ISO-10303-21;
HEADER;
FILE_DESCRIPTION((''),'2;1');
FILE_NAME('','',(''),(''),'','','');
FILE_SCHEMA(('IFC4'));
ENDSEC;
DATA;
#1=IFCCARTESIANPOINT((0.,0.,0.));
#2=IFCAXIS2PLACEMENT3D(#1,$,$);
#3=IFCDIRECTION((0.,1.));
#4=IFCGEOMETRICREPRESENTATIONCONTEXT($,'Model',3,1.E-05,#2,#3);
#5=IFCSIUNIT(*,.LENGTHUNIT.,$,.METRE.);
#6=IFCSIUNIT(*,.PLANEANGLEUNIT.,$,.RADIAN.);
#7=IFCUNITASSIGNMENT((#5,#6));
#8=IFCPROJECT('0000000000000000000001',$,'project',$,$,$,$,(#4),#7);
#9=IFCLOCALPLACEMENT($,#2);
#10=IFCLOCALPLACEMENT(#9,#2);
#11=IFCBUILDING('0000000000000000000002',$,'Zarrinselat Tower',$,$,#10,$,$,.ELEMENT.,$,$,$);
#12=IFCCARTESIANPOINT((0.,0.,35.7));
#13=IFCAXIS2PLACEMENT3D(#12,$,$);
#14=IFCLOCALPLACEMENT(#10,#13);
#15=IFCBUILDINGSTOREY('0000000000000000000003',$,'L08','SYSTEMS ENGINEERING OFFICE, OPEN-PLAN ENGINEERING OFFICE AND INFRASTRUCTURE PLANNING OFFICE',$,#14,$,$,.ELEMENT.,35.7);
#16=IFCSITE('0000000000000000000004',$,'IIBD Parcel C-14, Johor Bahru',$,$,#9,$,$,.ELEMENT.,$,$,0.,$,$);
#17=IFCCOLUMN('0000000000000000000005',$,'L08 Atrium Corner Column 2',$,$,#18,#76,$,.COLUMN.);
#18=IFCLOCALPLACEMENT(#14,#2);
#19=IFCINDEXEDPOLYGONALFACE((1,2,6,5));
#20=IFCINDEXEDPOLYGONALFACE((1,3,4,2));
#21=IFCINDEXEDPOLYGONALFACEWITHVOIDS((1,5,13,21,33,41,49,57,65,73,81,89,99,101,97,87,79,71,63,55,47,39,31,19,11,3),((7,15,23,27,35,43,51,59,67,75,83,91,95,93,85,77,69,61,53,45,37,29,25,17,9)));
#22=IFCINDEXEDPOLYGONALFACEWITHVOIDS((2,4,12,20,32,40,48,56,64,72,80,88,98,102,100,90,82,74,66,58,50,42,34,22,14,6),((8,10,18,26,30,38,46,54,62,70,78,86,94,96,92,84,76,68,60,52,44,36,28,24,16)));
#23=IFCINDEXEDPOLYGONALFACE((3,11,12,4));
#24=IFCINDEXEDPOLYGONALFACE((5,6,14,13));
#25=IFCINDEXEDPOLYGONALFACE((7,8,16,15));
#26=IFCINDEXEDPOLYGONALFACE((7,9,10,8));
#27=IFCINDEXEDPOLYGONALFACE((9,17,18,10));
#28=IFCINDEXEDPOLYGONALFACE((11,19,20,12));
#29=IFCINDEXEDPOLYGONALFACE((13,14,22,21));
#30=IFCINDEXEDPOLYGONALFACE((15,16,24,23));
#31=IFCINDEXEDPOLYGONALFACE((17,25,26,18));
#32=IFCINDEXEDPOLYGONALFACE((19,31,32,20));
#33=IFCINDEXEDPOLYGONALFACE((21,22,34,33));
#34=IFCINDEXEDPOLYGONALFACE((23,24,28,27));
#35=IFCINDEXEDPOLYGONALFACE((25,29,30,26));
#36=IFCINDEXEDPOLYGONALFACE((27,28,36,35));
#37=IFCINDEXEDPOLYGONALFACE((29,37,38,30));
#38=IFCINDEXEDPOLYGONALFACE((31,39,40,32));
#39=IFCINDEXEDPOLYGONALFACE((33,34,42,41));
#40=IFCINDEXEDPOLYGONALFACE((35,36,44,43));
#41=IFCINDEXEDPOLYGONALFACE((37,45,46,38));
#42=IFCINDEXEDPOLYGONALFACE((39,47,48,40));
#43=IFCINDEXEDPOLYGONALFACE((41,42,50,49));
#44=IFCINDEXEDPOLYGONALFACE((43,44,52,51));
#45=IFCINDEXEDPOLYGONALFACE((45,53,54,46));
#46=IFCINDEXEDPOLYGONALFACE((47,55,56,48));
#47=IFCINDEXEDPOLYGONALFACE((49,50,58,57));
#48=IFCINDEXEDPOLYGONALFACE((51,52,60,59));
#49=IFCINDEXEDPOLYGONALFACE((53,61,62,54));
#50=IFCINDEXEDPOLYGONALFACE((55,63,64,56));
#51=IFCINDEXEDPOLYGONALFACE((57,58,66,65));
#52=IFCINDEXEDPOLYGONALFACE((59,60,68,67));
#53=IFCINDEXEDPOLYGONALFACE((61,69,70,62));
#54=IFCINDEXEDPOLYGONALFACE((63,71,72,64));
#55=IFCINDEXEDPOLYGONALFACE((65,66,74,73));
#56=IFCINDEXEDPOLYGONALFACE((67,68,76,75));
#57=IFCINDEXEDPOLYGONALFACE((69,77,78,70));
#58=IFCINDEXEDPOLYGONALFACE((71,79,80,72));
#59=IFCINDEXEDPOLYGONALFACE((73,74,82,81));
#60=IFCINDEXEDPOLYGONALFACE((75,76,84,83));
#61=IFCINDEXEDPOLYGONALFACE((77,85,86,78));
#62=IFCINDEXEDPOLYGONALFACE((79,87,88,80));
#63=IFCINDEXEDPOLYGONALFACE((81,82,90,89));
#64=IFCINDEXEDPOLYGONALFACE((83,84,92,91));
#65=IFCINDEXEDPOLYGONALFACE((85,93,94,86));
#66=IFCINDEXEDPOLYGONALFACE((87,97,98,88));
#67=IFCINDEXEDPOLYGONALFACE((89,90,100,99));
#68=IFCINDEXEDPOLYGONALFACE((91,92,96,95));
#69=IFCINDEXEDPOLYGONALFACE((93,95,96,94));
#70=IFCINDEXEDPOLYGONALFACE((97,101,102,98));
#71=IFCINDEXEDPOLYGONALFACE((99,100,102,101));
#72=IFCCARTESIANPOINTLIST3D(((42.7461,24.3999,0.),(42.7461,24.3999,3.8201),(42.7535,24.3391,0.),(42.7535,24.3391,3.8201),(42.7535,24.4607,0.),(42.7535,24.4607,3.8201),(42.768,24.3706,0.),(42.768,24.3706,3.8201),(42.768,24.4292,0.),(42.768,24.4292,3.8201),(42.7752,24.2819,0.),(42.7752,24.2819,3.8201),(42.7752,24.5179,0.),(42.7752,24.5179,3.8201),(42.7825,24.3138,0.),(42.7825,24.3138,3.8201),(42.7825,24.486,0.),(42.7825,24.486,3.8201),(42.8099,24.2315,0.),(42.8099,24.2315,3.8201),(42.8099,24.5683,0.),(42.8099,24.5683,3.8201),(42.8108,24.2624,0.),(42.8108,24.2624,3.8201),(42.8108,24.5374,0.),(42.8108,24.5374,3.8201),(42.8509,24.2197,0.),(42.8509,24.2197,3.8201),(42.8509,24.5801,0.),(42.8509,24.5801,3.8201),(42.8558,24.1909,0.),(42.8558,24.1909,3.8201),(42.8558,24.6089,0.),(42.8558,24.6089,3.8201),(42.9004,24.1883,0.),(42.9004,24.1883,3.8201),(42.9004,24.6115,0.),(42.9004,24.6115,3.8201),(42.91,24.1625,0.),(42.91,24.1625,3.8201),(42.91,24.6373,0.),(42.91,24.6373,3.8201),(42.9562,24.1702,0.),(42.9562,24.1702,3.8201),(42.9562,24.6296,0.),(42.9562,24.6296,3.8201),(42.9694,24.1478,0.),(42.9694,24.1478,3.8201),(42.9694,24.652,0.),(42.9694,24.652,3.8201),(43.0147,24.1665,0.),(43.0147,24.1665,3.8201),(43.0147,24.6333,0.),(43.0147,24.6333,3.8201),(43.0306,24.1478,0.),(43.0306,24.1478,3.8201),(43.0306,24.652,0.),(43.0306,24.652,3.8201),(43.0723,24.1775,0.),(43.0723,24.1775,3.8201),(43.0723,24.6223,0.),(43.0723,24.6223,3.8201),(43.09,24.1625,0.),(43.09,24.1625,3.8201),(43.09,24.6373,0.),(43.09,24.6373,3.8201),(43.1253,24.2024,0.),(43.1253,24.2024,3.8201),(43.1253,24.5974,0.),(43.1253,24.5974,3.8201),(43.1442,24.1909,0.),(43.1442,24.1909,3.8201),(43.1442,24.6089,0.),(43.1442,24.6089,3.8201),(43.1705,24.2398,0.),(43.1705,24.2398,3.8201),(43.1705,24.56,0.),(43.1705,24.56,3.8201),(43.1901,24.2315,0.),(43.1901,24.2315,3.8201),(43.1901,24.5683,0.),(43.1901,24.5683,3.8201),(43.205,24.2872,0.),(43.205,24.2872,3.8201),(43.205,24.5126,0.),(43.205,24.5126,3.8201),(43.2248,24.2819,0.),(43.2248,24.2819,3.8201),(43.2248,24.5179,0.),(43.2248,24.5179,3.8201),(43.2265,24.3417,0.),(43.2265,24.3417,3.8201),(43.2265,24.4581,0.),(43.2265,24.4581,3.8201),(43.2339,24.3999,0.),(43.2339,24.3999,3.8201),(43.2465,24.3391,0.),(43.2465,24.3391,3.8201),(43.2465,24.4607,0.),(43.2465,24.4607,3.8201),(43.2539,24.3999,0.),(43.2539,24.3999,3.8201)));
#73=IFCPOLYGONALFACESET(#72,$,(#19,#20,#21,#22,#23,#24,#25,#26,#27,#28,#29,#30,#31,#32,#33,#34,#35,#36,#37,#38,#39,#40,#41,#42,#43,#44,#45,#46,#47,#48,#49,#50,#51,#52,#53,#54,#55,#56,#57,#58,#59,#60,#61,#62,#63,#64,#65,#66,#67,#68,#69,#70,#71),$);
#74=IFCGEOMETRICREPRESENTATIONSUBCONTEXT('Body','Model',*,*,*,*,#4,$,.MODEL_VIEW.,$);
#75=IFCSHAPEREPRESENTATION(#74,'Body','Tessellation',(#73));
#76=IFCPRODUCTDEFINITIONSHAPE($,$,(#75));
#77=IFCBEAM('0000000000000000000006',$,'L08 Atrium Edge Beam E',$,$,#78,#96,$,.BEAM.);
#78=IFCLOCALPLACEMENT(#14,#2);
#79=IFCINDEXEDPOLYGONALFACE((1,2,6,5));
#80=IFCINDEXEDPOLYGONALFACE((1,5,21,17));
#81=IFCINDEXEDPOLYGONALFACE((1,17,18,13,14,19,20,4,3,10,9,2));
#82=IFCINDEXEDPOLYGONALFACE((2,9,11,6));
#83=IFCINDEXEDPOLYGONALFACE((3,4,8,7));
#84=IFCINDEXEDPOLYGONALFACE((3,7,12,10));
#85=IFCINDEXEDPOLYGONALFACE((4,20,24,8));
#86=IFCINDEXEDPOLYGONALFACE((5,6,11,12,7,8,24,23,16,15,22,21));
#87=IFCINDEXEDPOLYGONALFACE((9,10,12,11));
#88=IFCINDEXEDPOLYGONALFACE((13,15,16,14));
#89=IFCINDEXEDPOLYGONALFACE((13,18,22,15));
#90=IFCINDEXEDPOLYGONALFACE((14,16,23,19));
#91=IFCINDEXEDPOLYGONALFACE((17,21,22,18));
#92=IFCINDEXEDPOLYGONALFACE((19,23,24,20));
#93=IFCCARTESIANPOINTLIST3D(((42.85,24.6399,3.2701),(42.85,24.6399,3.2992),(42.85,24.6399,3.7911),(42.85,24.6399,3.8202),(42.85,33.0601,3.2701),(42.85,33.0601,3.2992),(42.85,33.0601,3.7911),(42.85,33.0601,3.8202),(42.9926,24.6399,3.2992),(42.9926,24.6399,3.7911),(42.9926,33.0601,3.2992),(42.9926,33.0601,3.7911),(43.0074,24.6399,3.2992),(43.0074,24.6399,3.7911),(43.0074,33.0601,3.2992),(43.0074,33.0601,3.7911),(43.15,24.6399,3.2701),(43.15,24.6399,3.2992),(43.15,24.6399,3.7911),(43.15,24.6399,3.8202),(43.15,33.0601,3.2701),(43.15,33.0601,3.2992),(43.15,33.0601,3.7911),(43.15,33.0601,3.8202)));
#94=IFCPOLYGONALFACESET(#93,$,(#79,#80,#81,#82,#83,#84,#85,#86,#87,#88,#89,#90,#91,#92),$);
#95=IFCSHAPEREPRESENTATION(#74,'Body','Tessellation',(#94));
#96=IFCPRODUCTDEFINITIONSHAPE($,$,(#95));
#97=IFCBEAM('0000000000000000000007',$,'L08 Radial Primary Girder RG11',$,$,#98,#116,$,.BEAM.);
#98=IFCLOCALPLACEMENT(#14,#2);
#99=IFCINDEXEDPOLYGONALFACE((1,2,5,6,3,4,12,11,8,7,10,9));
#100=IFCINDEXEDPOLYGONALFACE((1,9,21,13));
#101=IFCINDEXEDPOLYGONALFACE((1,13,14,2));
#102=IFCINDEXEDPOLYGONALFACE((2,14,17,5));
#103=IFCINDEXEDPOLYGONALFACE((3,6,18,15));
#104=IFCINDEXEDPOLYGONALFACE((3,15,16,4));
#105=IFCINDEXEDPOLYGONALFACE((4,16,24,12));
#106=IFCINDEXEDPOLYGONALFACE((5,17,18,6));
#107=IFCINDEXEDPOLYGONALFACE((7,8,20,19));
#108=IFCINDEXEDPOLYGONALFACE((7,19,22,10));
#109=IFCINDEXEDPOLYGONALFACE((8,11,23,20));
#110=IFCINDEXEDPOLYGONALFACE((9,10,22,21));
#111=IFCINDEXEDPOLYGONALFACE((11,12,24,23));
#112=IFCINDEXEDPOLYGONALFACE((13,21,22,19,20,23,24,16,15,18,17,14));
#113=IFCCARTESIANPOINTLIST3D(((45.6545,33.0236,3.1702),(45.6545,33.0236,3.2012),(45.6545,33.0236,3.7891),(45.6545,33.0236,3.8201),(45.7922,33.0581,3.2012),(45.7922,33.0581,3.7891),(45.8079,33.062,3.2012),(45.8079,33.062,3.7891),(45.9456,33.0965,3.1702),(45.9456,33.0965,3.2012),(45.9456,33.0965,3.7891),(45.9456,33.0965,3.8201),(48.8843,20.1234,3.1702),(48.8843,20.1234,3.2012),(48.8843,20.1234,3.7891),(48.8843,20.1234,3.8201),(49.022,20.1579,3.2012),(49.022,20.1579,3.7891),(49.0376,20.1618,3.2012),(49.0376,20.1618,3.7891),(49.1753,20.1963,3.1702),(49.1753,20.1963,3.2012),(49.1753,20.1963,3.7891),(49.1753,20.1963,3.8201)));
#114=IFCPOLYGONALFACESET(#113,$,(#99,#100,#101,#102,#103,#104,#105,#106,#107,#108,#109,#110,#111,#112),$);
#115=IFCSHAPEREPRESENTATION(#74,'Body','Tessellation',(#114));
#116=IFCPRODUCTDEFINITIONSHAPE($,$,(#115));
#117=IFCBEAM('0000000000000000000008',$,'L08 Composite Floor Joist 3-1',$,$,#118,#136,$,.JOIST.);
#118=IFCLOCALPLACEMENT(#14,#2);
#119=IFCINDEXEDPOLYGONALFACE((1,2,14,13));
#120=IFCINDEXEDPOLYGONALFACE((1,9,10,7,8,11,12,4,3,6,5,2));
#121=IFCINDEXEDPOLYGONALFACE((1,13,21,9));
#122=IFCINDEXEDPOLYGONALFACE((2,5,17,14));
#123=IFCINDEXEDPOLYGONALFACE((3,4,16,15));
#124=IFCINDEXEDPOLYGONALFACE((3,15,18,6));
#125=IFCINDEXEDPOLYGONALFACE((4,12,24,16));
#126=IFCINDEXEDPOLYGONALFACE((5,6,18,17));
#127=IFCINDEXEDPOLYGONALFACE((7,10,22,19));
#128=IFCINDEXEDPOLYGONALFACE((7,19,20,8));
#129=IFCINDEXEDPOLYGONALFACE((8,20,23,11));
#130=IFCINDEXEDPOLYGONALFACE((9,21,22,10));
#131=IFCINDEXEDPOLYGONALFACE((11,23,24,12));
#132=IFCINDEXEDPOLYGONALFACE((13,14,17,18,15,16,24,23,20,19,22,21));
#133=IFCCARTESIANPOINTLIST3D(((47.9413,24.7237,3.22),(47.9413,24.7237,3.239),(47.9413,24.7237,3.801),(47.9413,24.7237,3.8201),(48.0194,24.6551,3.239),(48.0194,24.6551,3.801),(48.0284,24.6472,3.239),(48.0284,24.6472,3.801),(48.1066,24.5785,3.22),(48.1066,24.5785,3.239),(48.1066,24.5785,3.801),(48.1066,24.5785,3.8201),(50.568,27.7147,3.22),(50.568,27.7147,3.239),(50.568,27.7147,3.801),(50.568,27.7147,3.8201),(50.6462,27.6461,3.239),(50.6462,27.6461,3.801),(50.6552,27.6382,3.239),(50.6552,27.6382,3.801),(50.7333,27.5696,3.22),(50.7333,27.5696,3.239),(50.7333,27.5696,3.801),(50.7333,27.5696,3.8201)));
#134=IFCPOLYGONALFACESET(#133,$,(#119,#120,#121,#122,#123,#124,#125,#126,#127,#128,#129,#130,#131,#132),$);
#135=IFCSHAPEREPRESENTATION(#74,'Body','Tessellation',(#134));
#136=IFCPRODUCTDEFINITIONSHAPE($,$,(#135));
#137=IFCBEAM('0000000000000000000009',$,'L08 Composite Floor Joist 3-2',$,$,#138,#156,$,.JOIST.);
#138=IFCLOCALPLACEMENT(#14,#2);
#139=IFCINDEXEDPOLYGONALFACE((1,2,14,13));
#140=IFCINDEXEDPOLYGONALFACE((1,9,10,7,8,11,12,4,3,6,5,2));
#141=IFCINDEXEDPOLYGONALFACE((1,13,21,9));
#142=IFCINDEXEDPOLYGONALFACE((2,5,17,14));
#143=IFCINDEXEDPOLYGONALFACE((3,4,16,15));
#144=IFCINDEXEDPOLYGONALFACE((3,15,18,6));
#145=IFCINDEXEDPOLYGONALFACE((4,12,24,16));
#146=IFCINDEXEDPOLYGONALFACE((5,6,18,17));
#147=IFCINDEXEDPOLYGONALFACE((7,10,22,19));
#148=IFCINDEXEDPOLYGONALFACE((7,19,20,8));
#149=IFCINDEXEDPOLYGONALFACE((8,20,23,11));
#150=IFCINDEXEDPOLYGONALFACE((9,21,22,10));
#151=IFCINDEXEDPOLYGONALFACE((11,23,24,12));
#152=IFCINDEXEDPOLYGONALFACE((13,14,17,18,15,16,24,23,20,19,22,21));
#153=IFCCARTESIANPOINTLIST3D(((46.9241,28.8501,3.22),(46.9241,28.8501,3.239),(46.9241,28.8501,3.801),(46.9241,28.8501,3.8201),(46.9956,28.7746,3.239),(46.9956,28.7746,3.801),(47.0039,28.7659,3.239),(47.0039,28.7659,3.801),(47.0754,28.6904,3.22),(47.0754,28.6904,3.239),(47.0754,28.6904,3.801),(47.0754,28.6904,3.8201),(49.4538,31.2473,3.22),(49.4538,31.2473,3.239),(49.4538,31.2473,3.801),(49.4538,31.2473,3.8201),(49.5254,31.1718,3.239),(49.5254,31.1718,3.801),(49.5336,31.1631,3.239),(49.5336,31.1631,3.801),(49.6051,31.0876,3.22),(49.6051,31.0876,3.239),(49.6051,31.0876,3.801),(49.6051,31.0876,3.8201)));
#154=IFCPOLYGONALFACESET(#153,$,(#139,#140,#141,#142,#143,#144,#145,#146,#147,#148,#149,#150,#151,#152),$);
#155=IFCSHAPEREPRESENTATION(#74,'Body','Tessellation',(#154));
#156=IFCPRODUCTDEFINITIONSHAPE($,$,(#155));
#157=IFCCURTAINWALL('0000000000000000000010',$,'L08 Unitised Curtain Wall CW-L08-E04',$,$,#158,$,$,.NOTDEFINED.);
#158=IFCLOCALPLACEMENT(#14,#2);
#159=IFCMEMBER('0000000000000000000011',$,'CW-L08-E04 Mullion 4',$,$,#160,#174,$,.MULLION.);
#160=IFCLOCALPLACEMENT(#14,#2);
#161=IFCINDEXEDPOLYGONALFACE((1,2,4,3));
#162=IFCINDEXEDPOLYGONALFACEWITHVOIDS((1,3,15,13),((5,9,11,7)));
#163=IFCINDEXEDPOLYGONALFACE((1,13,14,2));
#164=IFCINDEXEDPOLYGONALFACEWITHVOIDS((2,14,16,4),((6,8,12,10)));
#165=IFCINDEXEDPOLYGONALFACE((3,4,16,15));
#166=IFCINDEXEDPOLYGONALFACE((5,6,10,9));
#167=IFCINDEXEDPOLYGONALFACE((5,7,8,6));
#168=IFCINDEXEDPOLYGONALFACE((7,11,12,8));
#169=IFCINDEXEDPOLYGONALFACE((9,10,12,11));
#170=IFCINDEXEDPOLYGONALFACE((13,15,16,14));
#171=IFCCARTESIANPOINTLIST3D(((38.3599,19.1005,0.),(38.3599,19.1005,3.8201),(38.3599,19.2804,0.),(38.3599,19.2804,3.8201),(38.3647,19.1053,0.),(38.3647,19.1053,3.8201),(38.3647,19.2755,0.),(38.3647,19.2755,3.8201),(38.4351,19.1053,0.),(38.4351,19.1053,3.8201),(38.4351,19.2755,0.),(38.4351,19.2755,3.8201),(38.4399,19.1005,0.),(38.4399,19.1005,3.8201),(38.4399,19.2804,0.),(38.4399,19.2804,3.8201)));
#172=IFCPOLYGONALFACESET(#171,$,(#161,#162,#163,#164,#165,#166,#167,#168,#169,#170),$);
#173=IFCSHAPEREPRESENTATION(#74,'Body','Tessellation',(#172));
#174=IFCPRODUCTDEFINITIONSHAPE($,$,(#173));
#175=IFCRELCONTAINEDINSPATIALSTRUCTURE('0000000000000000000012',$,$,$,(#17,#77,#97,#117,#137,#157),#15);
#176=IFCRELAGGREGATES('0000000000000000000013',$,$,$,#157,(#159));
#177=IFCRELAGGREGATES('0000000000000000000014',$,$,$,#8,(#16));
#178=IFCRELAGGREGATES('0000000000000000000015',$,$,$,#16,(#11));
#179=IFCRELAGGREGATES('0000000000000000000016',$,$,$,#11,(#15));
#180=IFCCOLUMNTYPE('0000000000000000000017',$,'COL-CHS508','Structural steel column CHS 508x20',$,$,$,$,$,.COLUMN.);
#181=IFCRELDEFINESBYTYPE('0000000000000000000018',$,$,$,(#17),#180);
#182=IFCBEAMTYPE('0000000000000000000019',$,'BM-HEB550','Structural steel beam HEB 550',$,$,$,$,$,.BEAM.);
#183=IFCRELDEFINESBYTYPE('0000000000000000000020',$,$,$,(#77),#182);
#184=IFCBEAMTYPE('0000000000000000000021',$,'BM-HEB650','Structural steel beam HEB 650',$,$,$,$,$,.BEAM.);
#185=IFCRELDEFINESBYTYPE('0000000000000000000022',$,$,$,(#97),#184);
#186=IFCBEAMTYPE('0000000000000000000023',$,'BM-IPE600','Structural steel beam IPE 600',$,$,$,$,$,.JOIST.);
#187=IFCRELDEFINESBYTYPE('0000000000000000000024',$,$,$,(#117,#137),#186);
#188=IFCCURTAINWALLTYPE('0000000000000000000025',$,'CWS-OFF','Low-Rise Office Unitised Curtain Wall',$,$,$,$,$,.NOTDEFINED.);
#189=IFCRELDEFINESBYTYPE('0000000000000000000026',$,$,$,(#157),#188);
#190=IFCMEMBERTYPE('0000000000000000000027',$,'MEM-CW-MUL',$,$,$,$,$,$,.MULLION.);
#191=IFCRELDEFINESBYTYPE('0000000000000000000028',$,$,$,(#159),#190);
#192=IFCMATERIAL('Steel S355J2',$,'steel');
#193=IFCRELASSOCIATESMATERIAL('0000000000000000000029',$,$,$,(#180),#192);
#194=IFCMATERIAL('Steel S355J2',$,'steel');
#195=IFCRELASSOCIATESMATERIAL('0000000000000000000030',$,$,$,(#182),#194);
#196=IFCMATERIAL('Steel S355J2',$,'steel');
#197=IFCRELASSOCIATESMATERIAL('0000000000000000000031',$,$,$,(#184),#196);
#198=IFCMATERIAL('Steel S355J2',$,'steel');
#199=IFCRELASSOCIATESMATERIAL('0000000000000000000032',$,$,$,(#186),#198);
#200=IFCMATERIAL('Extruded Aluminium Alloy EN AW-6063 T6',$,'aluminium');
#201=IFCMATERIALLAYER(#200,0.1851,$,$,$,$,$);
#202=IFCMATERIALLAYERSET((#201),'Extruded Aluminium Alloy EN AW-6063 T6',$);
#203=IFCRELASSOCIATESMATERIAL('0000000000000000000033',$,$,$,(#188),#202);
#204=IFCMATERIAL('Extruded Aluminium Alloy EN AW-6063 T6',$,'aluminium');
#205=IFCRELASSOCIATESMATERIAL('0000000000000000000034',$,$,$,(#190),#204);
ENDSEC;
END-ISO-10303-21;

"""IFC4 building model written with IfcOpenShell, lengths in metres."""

from ifc_helpers import new_model, si_unit, direction, frame, origin, origin_2d, place, context, subcontext, project, spatial, hollow_rectangle, hollow_circle, i_section, extrude, material, layer, layer_set, material_profile, profile_set, type_object, element, aggregate, save


model = new_model("IFC4")

# Units and contexts
model_context = context("Model", 3, precision=1e-05, world=origin(), true_north=direction((0.0, 1.0)))
body_context = subcontext(model_context, "Body", "Model", "MODEL_VIEW")
ifc_project = project(units=[si_unit("LENGTHUNIT", "METRE"), si_unit("PLANEANGLEUNIT", "RADIAN")], contexts=[model_context])

# Site, building, storey
site_placement = place(None, origin())
site = spatial("IfcSite", under=ifc_project, at=site_placement, Name="IIBD Parcel C-14, Johor Bahru", CompositionType="ELEMENT", RefElevation=0.0)
building_placement = place(site_placement, origin())
building = spatial("IfcBuilding", under=site, at=building_placement, Name="Zarrinselat Tower", CompositionType="ELEMENT")
storey_placement = place(building_placement, frame((0.0, 0.0, 35.7)))
storey = spatial("IfcBuildingStorey", under=building, at=storey_placement, Name="L08", Description="SYSTEMS ENGINEERING OFFICE, OPEN-PLAN ENGINEERING OFFICE AND INFRASTRUCTURE PLANNING OFFICE", CompositionType="ELEMENT", Elevation=35.7)

# Column
ifc_material_1 = material(Name="Steel S355J2", Category="steel")
ifc_material_profile_1 = material_profile(ifc_material_1, hollow_circle(Radius=0.2539, WallThickness=0.02, at=origin_2d()), Name="CHS 508x20")
ifc_profile_set_1 = profile_set([ifc_material_profile_1], Name="Steel S355J2")
column_type = type_object("IfcColumnType", Name="COL-CHS508", Description="Structural steel column CHS 508x20", PredefinedType="COLUMN", material=ifc_profile_set_1)
column_placement = place(storey_placement, frame((43.0, 24.3999, 0.0), z_axis=(0.0, 0.0, 1.0), x_axis=(1.0, 0.0, 0.0)))
element("IfcColumn", 1, at=column_placement, inside=storey, type_object=column_type, Name="L08 Atrium Corner Column 2", PredefinedType="COLUMN", context=body_context, shape_type="SweptSolid", body=[
    extrude(hollow_circle(Radius=0.2539, WallThickness=0.02, at=origin_2d()), origin(), (0.0, 0.0, 1.0), 3.8201),
])

# Beams
ifc_material_2 = material(Name="Steel S355J2", Category="steel")
ifc_material_profile_2 = material_profile(ifc_material_2, i_section(OverallWidth=0.3, OverallDepth=0.55, WebThickness=0.0149, FlangeThickness=0.0291, at=origin_2d()), Name="HEB 550")
ifc_profile_set_2 = profile_set([ifc_material_profile_2], Name="Steel S355J2")
beam_type_1 = type_object("IfcBeamType", Name="BM-HEB550", Description="Structural steel beam HEB 550", PredefinedType="BEAM", material=ifc_profile_set_2)
beam_1_placement = place(storey_placement, frame((43.0, 24.6399, 3.5452), z_axis=(0.0, 1.0, 0.0), x_axis=(-1.0, 0.0, 0.0)))
element("IfcBeam", 2, at=beam_1_placement, inside=storey, type_object=beam_type_1, Name="L08 Atrium Edge Beam E", PredefinedType="BEAM", context=body_context, shape_type="SweptSolid", body=[
    extrude(i_section(OverallWidth=0.3, OverallDepth=0.55, WebThickness=0.0149, FlangeThickness=0.0291, at=origin_2d()), origin(), (0.0, 0.0, 1.0), 8.4202),
])
ifc_material_3 = material(Name="Steel S355J2", Category="steel")
ifc_material_profile_3 = material_profile(ifc_material_3, i_section(OverallWidth=0.3, OverallDepth=0.6499, WebThickness=0.0161, FlangeThickness=0.031, at=origin_2d()), Name="HEB 650")
ifc_profile_set_3 = profile_set([ifc_material_profile_3], Name="Steel S355J2")
beam_type_2 = type_object("IfcBeamType", Name="BM-HEB650", Description="Structural steel beam HEB 650", PredefinedType="BEAM", material=ifc_profile_set_3)
beam_2_placement = place(storey_placement, frame((45.8, 33.0601, 3.4951), z_axis=(0.242868, -0.970059, 0.0), x_axis=(0.970059, 0.242868, 0.0)))
element("IfcBeam", 3, at=beam_2_placement, inside=storey, type_object=beam_type_2, Name="L08 Radial Primary Girder RG11", PredefinedType="BEAM", context=body_context, shape_type="SweptSolid", body=[
    extrude(i_section(OverallWidth=0.3, OverallDepth=0.6499, WebThickness=0.0161, FlangeThickness=0.031, at=origin_2d()), origin(), (0.0, 0.0, 1.0), 13.2983),
])
ifc_material_4 = material(Name="Steel S355J2", Category="steel")
ifc_material_profile_4 = material_profile(ifc_material_4, i_section(OverallWidth=0.22, OverallDepth=0.6001, WebThickness=0.012, FlangeThickness=0.019, at=origin_2d()), Name="IPE 600")
ifc_profile_set_4 = profile_set([ifc_material_profile_4], Name="Steel S355J2")
beam_type_3 = type_object("IfcBeamType", Name="BM-IPE600", Description="Structural steel beam IPE 600", PredefinedType="JOIST", material=ifc_profile_set_4)
beam_3_placement = place(storey_placement, frame((48.0239, 24.6511, 3.52), z_axis=(0.659871, 0.751379, 0.0), x_axis=(-0.751379, 0.659871, 0.0)))
element("IfcBeam", 4, at=beam_3_placement, inside=storey, type_object=beam_type_3, Name="L08 Composite Floor Joist 3-1", PredefinedType="JOIST", context=body_context, shape_type="SweptSolid", body=[
    extrude(i_section(OverallWidth=0.22, OverallDepth=0.6001, WebThickness=0.012, FlangeThickness=0.019, at=origin_2d()), origin(), (0.0, 0.0, 1.0), 3.9807),
])
beam_4_placement = place(storey_placement, frame((46.9998, 28.7703, 3.52), z_axis=(0.72587, 0.687832, 0.0), x_axis=(-0.687832, 0.72587, 0.0)))
element("IfcBeam", 5, at=beam_4_placement, inside=storey, type_object=beam_type_3, Name="L08 Composite Floor Joist 3-2", PredefinedType="JOIST", context=body_context, shape_type="SweptSolid", body=[
    extrude(i_section(OverallWidth=0.22, OverallDepth=0.6001, WebThickness=0.012, FlangeThickness=0.019, at=origin_2d()), origin(), (0.0, 0.0, 1.0), 3.4851),
])

# Curtain wall, member
ifc_material_5 = material(Name="Extruded Aluminium Alloy EN AW-6063 T6", Category="aluminium")
ifc_layer_1 = layer(ifc_material_5, 0.1851)
ifc_layer_set_1 = layer_set([ifc_layer_1], Name="Extruded Aluminium Alloy EN AW-6063 T6")
curtain_wall_type = type_object("IfcCurtainWallType", Name="CWS-OFF", Description="Low-Rise Office Unitised Curtain Wall", PredefinedType="NOTDEFINED", material=ifc_layer_set_1)
curtain_wall_placement = place(storey_placement, origin())
curtain_wall = element("IfcCurtainWall", 6, at=curtain_wall_placement, inside=storey, type_object=curtain_wall_type, Name="L08 Unitised Curtain Wall CW-L08-E04", PredefinedType="NOTDEFINED")
ifc_material_6 = material(Name="Extruded Aluminium Alloy EN AW-6063 T6", Category="aluminium")
ifc_material_profile_5 = material_profile(ifc_material_6, hollow_rectangle(XDim=0.0801, YDim=0.1799, WallThickness=0.0049, at=origin_2d()), Name="RHS 180x80x5")
ifc_profile_set_5 = profile_set([ifc_material_profile_5], Name="Extruded Aluminium Alloy EN AW-6063 T6")
member_type_1 = type_object("IfcMemberType", Name="MEM-CW-MUL", PredefinedType="MULLION", material=ifc_profile_set_5)
member_1_placement = place(storey_placement, frame((38.3999, 19.1904, 0.0), z_axis=(0.0, 0.0, 1.0), x_axis=(1.0, 0.0, 0.0)))
member_1 = element("IfcMember", 7, at=member_1_placement, type_object=member_type_1, Name="CW-L08-E04 Mullion 4", PredefinedType="MULLION", context=body_context, shape_type="SweptSolid", body=[
    extrude(hollow_rectangle(XDim=0.0801, YDim=0.1799, WallThickness=0.0049, at=origin_2d()), origin(), (0.0, 0.0, 1.0), 3.8201),
])
aggregate(curtain_wall, [member_1])

save(model, "model.ifc")
